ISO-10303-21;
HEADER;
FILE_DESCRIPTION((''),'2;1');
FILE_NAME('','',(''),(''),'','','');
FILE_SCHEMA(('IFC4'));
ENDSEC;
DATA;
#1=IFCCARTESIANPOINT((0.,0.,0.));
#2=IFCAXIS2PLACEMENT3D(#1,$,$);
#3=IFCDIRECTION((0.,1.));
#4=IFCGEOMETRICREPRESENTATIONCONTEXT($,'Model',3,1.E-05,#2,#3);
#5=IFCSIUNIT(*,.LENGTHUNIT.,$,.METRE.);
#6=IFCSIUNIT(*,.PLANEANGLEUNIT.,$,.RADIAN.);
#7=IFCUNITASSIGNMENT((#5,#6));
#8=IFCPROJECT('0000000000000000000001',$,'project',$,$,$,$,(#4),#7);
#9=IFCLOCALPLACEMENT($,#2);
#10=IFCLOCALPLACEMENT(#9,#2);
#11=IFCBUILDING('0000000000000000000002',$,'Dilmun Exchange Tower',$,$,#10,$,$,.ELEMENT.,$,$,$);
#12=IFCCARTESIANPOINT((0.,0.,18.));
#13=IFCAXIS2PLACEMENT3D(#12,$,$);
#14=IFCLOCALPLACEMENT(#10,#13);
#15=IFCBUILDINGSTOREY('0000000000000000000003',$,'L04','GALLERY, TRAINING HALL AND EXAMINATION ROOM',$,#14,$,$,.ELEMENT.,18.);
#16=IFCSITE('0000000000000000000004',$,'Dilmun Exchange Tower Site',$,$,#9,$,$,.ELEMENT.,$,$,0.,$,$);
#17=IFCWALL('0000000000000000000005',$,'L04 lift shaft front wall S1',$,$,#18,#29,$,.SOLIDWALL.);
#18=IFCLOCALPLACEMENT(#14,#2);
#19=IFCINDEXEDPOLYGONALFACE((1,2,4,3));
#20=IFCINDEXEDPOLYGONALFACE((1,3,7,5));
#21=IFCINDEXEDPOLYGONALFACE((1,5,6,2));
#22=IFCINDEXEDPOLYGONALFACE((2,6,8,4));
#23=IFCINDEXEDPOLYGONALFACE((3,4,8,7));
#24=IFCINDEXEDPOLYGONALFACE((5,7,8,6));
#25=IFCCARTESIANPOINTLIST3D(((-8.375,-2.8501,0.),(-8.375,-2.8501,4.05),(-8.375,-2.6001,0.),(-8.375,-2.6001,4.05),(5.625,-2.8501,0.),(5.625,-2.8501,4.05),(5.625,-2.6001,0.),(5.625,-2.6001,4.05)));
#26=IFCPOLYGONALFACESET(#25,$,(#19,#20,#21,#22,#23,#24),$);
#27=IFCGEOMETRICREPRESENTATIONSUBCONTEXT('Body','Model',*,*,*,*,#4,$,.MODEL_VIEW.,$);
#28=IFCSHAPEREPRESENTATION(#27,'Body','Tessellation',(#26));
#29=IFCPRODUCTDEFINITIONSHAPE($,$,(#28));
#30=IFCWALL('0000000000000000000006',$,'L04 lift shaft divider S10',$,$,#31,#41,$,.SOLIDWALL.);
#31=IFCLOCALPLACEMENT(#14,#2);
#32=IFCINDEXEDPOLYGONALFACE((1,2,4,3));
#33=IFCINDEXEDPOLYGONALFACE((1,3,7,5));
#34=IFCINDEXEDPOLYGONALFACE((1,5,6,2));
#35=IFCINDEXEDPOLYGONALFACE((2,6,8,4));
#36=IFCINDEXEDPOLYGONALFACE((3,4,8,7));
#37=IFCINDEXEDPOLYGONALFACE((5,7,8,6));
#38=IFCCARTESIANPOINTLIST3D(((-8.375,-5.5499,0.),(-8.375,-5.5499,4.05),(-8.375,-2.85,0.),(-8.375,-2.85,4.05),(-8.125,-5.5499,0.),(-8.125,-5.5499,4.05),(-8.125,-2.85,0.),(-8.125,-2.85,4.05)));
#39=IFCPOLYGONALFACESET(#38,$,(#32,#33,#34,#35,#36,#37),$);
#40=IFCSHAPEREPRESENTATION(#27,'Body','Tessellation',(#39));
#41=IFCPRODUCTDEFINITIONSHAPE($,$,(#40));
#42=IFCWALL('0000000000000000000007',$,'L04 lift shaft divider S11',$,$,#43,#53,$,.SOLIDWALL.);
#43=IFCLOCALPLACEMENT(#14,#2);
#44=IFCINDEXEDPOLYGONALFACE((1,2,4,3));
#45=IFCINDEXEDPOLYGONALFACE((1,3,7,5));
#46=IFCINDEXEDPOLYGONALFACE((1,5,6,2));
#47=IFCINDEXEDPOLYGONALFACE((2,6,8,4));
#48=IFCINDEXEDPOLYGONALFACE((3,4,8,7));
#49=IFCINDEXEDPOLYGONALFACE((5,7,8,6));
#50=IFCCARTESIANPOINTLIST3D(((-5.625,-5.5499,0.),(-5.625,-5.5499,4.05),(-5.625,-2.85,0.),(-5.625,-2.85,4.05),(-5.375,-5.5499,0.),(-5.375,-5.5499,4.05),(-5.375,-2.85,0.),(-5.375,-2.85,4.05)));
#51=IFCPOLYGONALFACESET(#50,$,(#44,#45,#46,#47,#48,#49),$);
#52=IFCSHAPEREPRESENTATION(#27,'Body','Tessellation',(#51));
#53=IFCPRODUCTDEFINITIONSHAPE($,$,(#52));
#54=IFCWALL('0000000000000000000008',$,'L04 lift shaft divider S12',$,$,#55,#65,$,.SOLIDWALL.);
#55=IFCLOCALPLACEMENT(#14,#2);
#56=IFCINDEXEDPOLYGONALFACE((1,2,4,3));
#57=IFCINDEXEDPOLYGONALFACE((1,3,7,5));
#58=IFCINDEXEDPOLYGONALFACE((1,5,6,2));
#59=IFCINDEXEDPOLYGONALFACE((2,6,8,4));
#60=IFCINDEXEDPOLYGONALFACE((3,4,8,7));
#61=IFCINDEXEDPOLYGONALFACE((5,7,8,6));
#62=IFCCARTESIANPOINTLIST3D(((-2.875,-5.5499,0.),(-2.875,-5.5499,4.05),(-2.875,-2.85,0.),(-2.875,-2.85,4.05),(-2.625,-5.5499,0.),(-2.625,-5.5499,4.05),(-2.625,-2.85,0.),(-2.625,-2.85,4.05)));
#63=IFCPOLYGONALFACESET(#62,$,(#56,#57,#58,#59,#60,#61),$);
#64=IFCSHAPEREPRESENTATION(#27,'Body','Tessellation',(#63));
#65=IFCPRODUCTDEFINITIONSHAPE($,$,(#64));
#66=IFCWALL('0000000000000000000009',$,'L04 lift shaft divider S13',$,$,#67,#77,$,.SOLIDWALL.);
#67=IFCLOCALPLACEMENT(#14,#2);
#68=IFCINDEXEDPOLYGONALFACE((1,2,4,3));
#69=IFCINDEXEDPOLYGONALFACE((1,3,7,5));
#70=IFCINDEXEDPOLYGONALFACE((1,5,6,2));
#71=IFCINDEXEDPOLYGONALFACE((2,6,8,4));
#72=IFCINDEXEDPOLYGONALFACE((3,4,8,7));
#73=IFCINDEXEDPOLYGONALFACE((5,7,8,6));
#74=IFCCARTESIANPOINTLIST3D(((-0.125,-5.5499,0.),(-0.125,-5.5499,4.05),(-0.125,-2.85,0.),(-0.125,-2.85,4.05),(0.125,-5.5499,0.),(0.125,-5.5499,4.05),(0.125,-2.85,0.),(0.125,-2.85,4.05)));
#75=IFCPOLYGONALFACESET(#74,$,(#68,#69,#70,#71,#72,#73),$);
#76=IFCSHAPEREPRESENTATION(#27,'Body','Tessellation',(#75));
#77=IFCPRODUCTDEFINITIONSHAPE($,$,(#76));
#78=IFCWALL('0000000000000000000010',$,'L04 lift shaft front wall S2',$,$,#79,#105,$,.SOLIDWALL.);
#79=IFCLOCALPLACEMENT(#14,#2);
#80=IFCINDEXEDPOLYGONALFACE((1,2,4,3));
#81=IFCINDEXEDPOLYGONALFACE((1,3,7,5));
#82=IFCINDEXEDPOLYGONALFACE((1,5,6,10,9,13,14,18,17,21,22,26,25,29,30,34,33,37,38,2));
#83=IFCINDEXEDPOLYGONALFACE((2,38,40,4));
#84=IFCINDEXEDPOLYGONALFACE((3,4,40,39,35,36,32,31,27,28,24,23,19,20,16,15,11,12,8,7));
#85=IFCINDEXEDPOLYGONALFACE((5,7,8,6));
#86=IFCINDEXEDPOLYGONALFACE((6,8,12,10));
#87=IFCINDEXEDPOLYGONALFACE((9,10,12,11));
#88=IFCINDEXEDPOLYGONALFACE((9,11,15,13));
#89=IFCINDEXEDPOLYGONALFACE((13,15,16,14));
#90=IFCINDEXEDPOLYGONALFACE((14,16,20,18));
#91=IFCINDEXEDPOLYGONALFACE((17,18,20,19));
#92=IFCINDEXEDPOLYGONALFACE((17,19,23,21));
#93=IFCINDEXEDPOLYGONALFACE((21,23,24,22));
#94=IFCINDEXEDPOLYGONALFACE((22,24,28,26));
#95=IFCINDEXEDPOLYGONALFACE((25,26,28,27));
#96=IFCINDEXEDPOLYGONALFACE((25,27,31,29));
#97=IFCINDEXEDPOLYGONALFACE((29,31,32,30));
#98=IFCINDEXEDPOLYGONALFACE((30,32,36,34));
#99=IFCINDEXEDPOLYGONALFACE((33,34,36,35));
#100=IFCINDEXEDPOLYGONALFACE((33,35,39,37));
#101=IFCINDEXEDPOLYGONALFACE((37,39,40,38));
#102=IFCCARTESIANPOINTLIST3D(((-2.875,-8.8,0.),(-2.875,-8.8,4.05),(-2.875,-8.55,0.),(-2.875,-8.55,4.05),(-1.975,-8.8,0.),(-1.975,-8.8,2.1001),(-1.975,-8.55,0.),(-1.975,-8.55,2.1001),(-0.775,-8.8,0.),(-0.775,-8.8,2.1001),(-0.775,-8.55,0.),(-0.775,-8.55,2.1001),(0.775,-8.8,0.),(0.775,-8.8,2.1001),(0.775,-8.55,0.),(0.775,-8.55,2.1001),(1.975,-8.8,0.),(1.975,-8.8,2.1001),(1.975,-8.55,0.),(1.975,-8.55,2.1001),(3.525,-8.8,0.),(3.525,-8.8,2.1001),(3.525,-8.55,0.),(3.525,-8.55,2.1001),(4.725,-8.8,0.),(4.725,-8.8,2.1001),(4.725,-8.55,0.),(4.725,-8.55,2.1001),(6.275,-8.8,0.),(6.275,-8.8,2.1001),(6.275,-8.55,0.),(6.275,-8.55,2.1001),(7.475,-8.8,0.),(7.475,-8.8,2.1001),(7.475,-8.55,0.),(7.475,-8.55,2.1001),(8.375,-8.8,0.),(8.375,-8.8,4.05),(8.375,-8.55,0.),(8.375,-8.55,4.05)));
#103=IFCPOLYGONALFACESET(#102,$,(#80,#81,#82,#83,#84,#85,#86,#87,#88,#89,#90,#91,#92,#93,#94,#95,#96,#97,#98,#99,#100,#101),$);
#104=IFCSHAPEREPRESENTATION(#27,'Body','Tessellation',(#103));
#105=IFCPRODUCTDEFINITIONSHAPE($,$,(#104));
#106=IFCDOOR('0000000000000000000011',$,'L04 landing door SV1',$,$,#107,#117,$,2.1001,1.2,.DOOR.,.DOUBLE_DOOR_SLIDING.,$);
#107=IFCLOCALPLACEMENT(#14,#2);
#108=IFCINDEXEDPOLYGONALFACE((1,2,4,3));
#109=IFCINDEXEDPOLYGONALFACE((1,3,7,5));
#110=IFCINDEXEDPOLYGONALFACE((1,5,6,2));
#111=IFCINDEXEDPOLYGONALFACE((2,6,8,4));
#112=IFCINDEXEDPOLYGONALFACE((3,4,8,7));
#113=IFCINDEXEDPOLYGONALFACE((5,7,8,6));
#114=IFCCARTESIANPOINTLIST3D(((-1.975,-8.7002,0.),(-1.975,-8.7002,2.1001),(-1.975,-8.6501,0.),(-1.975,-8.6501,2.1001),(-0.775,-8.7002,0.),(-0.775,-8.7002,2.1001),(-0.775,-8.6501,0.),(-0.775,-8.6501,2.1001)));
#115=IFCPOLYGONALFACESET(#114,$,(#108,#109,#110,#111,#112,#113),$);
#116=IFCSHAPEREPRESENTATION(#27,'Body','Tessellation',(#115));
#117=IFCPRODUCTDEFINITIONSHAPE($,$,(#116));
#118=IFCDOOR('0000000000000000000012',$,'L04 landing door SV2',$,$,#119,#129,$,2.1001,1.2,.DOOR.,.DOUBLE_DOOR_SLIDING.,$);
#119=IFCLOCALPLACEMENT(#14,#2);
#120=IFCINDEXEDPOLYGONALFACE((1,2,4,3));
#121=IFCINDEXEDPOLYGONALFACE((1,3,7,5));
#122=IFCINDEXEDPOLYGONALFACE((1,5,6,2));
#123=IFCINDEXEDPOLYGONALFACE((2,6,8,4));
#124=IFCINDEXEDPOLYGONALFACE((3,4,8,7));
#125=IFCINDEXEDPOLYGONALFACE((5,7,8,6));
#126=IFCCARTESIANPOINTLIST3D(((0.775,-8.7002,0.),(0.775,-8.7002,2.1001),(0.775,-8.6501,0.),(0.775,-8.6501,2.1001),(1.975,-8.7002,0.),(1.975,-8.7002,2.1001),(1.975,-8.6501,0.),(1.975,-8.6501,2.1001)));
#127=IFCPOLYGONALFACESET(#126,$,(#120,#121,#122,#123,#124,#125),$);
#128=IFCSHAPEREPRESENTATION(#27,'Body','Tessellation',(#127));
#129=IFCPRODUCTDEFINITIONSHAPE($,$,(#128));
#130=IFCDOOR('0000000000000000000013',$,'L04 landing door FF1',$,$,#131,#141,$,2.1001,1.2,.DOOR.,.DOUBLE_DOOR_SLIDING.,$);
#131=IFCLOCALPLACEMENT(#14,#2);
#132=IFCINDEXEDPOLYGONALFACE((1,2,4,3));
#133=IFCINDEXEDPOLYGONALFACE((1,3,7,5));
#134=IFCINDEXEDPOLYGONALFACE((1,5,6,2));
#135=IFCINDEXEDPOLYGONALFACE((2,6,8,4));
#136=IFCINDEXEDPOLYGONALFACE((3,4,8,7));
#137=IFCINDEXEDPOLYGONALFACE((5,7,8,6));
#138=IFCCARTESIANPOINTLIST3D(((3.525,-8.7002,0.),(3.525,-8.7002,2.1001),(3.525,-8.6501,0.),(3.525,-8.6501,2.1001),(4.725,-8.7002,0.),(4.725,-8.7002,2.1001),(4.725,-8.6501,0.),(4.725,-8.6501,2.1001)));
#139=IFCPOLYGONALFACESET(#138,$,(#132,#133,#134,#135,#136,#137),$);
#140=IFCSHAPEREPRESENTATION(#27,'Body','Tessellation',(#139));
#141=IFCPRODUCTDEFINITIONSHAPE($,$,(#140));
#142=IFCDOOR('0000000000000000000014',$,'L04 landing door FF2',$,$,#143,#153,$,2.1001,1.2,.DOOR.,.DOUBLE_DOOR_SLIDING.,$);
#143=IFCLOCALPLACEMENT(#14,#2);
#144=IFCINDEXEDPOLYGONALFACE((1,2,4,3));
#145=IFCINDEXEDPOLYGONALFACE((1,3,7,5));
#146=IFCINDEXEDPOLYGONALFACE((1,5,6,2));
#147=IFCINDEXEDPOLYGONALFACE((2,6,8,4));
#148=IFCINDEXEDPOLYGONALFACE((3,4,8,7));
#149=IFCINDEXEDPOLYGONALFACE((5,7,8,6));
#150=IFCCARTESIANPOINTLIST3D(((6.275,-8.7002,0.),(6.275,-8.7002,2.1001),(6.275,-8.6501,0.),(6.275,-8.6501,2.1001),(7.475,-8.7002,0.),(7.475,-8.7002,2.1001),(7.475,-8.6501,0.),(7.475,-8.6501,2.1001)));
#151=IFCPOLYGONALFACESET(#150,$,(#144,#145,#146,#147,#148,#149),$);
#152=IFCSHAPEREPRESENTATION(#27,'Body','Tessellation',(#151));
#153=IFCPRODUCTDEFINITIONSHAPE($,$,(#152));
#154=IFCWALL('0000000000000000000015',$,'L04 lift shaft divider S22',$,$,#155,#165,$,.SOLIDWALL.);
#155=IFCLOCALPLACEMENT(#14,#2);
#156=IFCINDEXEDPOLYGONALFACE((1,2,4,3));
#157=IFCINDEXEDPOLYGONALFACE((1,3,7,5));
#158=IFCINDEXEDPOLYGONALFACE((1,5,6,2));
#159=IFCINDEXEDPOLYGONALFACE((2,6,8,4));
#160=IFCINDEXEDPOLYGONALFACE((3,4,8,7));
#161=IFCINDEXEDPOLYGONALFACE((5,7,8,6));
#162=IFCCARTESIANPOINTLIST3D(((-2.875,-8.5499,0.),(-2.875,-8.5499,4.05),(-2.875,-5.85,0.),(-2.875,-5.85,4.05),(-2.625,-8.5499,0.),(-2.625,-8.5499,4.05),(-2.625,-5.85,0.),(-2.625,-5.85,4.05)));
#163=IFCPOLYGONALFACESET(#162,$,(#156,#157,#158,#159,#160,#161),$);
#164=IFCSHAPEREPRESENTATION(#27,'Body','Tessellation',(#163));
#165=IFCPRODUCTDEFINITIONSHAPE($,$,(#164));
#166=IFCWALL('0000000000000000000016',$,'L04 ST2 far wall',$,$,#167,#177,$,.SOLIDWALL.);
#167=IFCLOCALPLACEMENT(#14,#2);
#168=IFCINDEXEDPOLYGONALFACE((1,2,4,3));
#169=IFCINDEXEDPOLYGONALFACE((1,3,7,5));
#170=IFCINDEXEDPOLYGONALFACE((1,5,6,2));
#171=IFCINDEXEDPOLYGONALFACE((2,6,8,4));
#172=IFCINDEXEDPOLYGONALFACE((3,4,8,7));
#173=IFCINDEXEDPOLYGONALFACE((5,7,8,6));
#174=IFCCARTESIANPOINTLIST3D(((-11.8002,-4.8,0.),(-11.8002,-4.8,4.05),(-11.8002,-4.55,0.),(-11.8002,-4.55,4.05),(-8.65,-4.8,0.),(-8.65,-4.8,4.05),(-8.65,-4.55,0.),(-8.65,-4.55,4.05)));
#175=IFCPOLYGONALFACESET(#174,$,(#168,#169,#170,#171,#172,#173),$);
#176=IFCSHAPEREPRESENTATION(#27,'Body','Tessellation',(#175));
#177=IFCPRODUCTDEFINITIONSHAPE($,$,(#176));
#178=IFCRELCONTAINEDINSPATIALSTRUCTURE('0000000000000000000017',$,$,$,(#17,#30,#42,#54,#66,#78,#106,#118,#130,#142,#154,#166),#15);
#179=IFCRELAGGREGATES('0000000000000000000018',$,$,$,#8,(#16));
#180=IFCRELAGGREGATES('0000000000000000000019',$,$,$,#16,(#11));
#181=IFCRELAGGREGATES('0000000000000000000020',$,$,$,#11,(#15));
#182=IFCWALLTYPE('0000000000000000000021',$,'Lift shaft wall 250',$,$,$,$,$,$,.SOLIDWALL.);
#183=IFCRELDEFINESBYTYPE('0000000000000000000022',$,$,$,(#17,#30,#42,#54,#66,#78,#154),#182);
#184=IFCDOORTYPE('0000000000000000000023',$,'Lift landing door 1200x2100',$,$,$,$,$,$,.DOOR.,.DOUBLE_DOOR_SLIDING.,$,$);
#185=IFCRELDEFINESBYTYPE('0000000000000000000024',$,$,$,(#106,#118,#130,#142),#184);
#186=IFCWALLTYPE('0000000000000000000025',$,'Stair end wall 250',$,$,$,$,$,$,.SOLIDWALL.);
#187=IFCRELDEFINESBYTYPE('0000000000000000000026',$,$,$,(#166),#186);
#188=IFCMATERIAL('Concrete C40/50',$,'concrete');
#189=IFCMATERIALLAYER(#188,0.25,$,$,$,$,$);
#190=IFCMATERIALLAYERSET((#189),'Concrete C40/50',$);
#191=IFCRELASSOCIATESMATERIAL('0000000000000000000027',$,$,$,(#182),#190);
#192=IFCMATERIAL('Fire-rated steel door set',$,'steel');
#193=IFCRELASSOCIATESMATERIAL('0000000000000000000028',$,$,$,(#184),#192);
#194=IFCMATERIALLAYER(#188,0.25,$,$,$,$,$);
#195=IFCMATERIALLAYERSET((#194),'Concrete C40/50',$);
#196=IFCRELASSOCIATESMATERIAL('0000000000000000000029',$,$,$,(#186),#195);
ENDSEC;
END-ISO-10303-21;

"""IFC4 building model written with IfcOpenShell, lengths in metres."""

from ifc_helpers import new_model, si_unit, direction, frame, frame_2d, origin, place, context, subcontext, project, spatial, rectangle, extrude, material, layer, layer_set, type_object, element, fill, save


model = new_model("IFC4")

# Units and contexts
model_context = context("Model", 3, precision=1e-05, world=origin(), true_north=direction((0.0, 1.0)))
body_context = subcontext(model_context, "Body", "Model", "MODEL_VIEW")
ifc_project = project(units=[si_unit("LENGTHUNIT", "METRE"), si_unit("PLANEANGLEUNIT", "RADIAN")], contexts=[model_context])

# Site, building, storey
site_placement = place(None, origin())
site = spatial("IfcSite", under=ifc_project, at=site_placement, Name="Dilmun Exchange Tower Site", CompositionType="ELEMENT", RefElevation=0.0)
building_placement = place(site_placement, origin())
building = spatial("IfcBuilding", under=site, at=building_placement, Name="Dilmun Exchange Tower", CompositionType="ELEMENT")
storey_placement = place(building_placement, frame((0.0, 0.0, 18.0)))
storey = spatial("IfcBuildingStorey", under=building, at=storey_placement, Name="L04", Description="GALLERY, TRAINING HALL AND EXAMINATION ROOM", CompositionType="ELEMENT", Elevation=18.0)

# Shared definitions
ifc_material_1 = material(Name="Concrete C40/50", Category="concrete")

# Shared definitions
ifc_material_2 = material(Name="Fire-rated steel door set", Category="steel")

# Walls
ifc_layer_1 = layer(ifc_material_1, 0.25)
ifc_layer_set_1 = layer_set([ifc_layer_1], Name="Concrete C40/50")
wall_type_1 = type_object("IfcWallType", Name="Lift shaft wall 250", PredefinedType="SOLIDWALL", material=ifc_layer_set_1)
wall_1_placement = place(storey_placement, frame((-8.375, -2.7251, 0.0), z_axis=(0.0, 0.0, 1.0), x_axis=(1.0, 0.0, 0.0)))
element("IfcWall", 1, at=wall_1_placement, inside=storey, type_object=wall_type_1, Name="L04 lift shaft front wall S1", PredefinedType="SOLIDWALL", context=body_context, shape_type="SweptSolid", body=[
    extrude(rectangle(XDim=14.0, YDim=0.25, at=frame_2d((7.0, 0.0))), origin(), (0.0, 0.0, 1.0), 4.05),
])
for number, where, z_axis, x_axis, name in (
    (2, (-8.25, -5.55, 0.0), (0.0, 0.0, 1.0), (0.0, 1.0, 0.0), "L04 lift shaft divider S10"),
    (3, (-5.5, -5.55, 0.0), (0.0, 0.0, 1.0), (0.0, 1.0, 0.0), "L04 lift shaft divider S11"),
    (4, (-2.75, -5.55, 0.0), (0.0, 0.0, 1.0), (0.0, 1.0, 0.0), "L04 lift shaft divider S12"),
    (5, (0.0, -5.55, 0.0), (0.0, 0.0, 1.0), (0.0, 1.0, 0.0), "L04 lift shaft divider S13"),
):
    element("IfcWall", number, at=place(storey_placement, frame(where, z_axis=z_axis, x_axis=x_axis)), inside=storey, type_object=wall_type_1, Name=name, PredefinedType="SOLIDWALL", context=body_context, shape_type="SweptSolid", body=[
        extrude(rectangle(XDim=2.7, YDim=0.25, at=frame_2d((1.3501, 0.0))), origin(), (0.0, 0.0, 1.0), 4.05),
    ])

# Wall, openings, doors
wall_2_placement = place(storey_placement, frame((-2.875, -8.675, 0.0), z_axis=(0.0, 0.0, 1.0), x_axis=(1.0, 0.0, 0.0)))
wall_2 = element("IfcWall", 6, at=wall_2_placement, inside=storey, type_object=wall_type_1, Name="L04 lift shaft front wall S2", PredefinedType="SOLIDWALL", context=body_context, shape_type="SweptSolid", body=[
    extrude(rectangle(XDim=11.25, YDim=0.25, at=frame_2d((5.625, 0.0))), origin(), (0.0, 0.0, 1.0), 4.05),
])
opening_1_placement = place(wall_2_placement, frame((0.8999, 0.0, 0.0)))
opening_1 = element("IfcOpeningElement", 7, at=opening_1_placement, cuts=wall_2, PredefinedType="OPENING", context=body_context, shape_type="SweptSolid", body=[
    extrude(rectangle(XDim=1.2, YDim=2.1001, at=frame_2d((0.6001, 1.05))), frame((0.0, 0.135, 0.0), z_axis=(0.0, -1.0, 0.0), x_axis=(1.0, 0.0, 0.0)), (0.0, 0.0, 1.0), 0.27),
])
opening_2_placement = place(wall_2_placement, frame((3.6499, 0.0, 0.0)))
opening_2 = element("IfcOpeningElement", 8, at=opening_2_placement, cuts=wall_2, PredefinedType="OPENING", context=body_context, shape_type="SweptSolid", body=[
    extrude(rectangle(XDim=1.2, YDim=2.1001, at=frame_2d((0.6001, 1.05))), frame((0.0, 0.135, 0.0), z_axis=(0.0, -1.0, 0.0), x_axis=(1.0, 0.0, 0.0)), (0.0, 0.0, 1.0), 0.27),
])
opening_3_placement = place(wall_2_placement, frame((6.3999, 0.0, 0.0)))
opening_3 = element("IfcOpeningElement", 9, at=opening_3_placement, cuts=wall_2, PredefinedType="OPENING", context=body_context, shape_type="SweptSolid", body=[
    extrude(rectangle(XDim=1.2, YDim=2.1001, at=frame_2d((0.6001, 1.05))), frame((0.0, 0.135, 0.0), z_axis=(0.0, -1.0, 0.0), x_axis=(1.0, 0.0, 0.0)), (0.0, 0.0, 1.0), 0.27),
])
opening_4_placement = place(wall_2_placement, frame((9.1499, 0.0, 0.0)))
opening_4 = element("IfcOpeningElement", 10, at=opening_4_placement, cuts=wall_2, PredefinedType="OPENING", context=body_context, shape_type="SweptSolid", body=[
    extrude(rectangle(XDim=1.2, YDim=2.1001, at=frame_2d((0.6001, 1.05))), frame((0.0, 0.135, 0.0), z_axis=(0.0, -1.0, 0.0), x_axis=(1.0, 0.0, 0.0)), (0.0, 0.0, 1.0), 0.27),
])
door_type_1 = type_object("IfcDoorType", Name="Lift landing door 1200x2100", OperationType="DOUBLE_DOOR_SLIDING", PredefinedType="DOOR", material=ifc_material_2)
door_1_placement = place(opening_1_placement, origin())
door_1 = element("IfcDoor", 11, at=door_1_placement, inside=storey, type_object=door_type_1, Name="L04 landing door SV1", OperationType="DOUBLE_DOOR_SLIDING", OverallHeight=2.1001, OverallWidth=1.2, PredefinedType="DOOR", context=body_context, shape_type="SweptSolid", body=[
    extrude(rectangle(XDim=1.2, YDim=2.1001, at=frame_2d((0.6001, 1.05))), frame((0.0, 0.0249, 0.0), z_axis=(0.0, -1.0, 0.0), x_axis=(1.0, 0.0, 0.0)), (0.0, 0.0, 1.0), 0.05),
])
fill(opening_1, door_1)
door_2_placement = place(opening_2_placement, origin())
door_2 = element("IfcDoor", 12, at=door_2_placement, inside=storey, type_object=door_type_1, Name="L04 landing door SV2", OperationType="DOUBLE_DOOR_SLIDING", OverallHeight=2.1001, OverallWidth=1.2, PredefinedType="DOOR", context=body_context, shape_type="SweptSolid", body=[
    extrude(rectangle(XDim=1.2, YDim=2.1001, at=frame_2d((0.6001, 1.05))), frame((0.0, 0.0249, 0.0), z_axis=(0.0, -1.0, 0.0), x_axis=(1.0, 0.0, 0.0)), (0.0, 0.0, 1.0), 0.05),
])
fill(opening_2, door_2)
door_3_placement = place(opening_3_placement, origin())
door_3 = element("IfcDoor", 13, at=door_3_placement, inside=storey, type_object=door_type_1, Name="L04 landing door FF1", OperationType="DOUBLE_DOOR_SLIDING", OverallHeight=2.1001, OverallWidth=1.2, PredefinedType="DOOR", context=body_context, shape_type="SweptSolid", body=[
    extrude(rectangle(XDim=1.2, YDim=2.1001, at=frame_2d((0.6001, 1.05))), frame((0.0, 0.0249, 0.0), z_axis=(0.0, -1.0, 0.0), x_axis=(1.0, 0.0, 0.0)), (0.0, 0.0, 1.0), 0.05),
])
fill(opening_3, door_3)
door_4_placement = place(opening_4_placement, origin())
door_4 = element("IfcDoor", 14, at=door_4_placement, inside=storey, type_object=door_type_1, Name="L04 landing door FF2", OperationType="DOUBLE_DOOR_SLIDING", OverallHeight=2.1001, OverallWidth=1.2, PredefinedType="DOOR", context=body_context, shape_type="SweptSolid", body=[
    extrude(rectangle(XDim=1.2, YDim=2.1001, at=frame_2d((0.6001, 1.05))), frame((0.0, 0.0249, 0.0), z_axis=(0.0, -1.0, 0.0), x_axis=(1.0, 0.0, 0.0)), (0.0, 0.0, 1.0), 0.05),
])
fill(opening_4, door_4)

# Walls
wall_3_placement = place(storey_placement, frame((-2.75, -8.55, 0.0), z_axis=(0.0, 0.0, 1.0), x_axis=(0.0, 1.0, 0.0)))
element("IfcWall", 15, at=wall_3_placement, inside=storey, type_object=wall_type_1, Name="L04 lift shaft divider S22", PredefinedType="SOLIDWALL", context=body_context, shape_type="SweptSolid", body=[
    extrude(rectangle(XDim=2.7, YDim=0.25, at=frame_2d((1.3501, 0.0))), origin(), (0.0, 0.0, 1.0), 4.05),
])
ifc_layer_2 = layer(ifc_material_1, 0.25)
ifc_layer_set_2 = layer_set([ifc_layer_2], Name="Concrete C40/50")
wall_type_2 = type_object("IfcWallType", Name="Stair end wall 250", PredefinedType="SOLIDWALL", material=ifc_layer_set_2)
wall_4_placement = place(storey_placement, frame((-8.6499, -4.675, 0.0), z_axis=(0.0, 0.0, 1.0), x_axis=(-1.0, 0.0, 0.0)))
element("IfcWall", 16, at=wall_4_placement, inside=storey, type_object=wall_type_2, Name="L04 ST2 far wall", PredefinedType="SOLIDWALL", context=body_context, shape_type="SweptSolid", body=[
    extrude(rectangle(XDim=3.1501, YDim=0.25, at=frame_2d((1.5752, 0.0))), origin(), (0.0, 0.0, 1.0), 4.05),
])

save(model, "model.ifc")
